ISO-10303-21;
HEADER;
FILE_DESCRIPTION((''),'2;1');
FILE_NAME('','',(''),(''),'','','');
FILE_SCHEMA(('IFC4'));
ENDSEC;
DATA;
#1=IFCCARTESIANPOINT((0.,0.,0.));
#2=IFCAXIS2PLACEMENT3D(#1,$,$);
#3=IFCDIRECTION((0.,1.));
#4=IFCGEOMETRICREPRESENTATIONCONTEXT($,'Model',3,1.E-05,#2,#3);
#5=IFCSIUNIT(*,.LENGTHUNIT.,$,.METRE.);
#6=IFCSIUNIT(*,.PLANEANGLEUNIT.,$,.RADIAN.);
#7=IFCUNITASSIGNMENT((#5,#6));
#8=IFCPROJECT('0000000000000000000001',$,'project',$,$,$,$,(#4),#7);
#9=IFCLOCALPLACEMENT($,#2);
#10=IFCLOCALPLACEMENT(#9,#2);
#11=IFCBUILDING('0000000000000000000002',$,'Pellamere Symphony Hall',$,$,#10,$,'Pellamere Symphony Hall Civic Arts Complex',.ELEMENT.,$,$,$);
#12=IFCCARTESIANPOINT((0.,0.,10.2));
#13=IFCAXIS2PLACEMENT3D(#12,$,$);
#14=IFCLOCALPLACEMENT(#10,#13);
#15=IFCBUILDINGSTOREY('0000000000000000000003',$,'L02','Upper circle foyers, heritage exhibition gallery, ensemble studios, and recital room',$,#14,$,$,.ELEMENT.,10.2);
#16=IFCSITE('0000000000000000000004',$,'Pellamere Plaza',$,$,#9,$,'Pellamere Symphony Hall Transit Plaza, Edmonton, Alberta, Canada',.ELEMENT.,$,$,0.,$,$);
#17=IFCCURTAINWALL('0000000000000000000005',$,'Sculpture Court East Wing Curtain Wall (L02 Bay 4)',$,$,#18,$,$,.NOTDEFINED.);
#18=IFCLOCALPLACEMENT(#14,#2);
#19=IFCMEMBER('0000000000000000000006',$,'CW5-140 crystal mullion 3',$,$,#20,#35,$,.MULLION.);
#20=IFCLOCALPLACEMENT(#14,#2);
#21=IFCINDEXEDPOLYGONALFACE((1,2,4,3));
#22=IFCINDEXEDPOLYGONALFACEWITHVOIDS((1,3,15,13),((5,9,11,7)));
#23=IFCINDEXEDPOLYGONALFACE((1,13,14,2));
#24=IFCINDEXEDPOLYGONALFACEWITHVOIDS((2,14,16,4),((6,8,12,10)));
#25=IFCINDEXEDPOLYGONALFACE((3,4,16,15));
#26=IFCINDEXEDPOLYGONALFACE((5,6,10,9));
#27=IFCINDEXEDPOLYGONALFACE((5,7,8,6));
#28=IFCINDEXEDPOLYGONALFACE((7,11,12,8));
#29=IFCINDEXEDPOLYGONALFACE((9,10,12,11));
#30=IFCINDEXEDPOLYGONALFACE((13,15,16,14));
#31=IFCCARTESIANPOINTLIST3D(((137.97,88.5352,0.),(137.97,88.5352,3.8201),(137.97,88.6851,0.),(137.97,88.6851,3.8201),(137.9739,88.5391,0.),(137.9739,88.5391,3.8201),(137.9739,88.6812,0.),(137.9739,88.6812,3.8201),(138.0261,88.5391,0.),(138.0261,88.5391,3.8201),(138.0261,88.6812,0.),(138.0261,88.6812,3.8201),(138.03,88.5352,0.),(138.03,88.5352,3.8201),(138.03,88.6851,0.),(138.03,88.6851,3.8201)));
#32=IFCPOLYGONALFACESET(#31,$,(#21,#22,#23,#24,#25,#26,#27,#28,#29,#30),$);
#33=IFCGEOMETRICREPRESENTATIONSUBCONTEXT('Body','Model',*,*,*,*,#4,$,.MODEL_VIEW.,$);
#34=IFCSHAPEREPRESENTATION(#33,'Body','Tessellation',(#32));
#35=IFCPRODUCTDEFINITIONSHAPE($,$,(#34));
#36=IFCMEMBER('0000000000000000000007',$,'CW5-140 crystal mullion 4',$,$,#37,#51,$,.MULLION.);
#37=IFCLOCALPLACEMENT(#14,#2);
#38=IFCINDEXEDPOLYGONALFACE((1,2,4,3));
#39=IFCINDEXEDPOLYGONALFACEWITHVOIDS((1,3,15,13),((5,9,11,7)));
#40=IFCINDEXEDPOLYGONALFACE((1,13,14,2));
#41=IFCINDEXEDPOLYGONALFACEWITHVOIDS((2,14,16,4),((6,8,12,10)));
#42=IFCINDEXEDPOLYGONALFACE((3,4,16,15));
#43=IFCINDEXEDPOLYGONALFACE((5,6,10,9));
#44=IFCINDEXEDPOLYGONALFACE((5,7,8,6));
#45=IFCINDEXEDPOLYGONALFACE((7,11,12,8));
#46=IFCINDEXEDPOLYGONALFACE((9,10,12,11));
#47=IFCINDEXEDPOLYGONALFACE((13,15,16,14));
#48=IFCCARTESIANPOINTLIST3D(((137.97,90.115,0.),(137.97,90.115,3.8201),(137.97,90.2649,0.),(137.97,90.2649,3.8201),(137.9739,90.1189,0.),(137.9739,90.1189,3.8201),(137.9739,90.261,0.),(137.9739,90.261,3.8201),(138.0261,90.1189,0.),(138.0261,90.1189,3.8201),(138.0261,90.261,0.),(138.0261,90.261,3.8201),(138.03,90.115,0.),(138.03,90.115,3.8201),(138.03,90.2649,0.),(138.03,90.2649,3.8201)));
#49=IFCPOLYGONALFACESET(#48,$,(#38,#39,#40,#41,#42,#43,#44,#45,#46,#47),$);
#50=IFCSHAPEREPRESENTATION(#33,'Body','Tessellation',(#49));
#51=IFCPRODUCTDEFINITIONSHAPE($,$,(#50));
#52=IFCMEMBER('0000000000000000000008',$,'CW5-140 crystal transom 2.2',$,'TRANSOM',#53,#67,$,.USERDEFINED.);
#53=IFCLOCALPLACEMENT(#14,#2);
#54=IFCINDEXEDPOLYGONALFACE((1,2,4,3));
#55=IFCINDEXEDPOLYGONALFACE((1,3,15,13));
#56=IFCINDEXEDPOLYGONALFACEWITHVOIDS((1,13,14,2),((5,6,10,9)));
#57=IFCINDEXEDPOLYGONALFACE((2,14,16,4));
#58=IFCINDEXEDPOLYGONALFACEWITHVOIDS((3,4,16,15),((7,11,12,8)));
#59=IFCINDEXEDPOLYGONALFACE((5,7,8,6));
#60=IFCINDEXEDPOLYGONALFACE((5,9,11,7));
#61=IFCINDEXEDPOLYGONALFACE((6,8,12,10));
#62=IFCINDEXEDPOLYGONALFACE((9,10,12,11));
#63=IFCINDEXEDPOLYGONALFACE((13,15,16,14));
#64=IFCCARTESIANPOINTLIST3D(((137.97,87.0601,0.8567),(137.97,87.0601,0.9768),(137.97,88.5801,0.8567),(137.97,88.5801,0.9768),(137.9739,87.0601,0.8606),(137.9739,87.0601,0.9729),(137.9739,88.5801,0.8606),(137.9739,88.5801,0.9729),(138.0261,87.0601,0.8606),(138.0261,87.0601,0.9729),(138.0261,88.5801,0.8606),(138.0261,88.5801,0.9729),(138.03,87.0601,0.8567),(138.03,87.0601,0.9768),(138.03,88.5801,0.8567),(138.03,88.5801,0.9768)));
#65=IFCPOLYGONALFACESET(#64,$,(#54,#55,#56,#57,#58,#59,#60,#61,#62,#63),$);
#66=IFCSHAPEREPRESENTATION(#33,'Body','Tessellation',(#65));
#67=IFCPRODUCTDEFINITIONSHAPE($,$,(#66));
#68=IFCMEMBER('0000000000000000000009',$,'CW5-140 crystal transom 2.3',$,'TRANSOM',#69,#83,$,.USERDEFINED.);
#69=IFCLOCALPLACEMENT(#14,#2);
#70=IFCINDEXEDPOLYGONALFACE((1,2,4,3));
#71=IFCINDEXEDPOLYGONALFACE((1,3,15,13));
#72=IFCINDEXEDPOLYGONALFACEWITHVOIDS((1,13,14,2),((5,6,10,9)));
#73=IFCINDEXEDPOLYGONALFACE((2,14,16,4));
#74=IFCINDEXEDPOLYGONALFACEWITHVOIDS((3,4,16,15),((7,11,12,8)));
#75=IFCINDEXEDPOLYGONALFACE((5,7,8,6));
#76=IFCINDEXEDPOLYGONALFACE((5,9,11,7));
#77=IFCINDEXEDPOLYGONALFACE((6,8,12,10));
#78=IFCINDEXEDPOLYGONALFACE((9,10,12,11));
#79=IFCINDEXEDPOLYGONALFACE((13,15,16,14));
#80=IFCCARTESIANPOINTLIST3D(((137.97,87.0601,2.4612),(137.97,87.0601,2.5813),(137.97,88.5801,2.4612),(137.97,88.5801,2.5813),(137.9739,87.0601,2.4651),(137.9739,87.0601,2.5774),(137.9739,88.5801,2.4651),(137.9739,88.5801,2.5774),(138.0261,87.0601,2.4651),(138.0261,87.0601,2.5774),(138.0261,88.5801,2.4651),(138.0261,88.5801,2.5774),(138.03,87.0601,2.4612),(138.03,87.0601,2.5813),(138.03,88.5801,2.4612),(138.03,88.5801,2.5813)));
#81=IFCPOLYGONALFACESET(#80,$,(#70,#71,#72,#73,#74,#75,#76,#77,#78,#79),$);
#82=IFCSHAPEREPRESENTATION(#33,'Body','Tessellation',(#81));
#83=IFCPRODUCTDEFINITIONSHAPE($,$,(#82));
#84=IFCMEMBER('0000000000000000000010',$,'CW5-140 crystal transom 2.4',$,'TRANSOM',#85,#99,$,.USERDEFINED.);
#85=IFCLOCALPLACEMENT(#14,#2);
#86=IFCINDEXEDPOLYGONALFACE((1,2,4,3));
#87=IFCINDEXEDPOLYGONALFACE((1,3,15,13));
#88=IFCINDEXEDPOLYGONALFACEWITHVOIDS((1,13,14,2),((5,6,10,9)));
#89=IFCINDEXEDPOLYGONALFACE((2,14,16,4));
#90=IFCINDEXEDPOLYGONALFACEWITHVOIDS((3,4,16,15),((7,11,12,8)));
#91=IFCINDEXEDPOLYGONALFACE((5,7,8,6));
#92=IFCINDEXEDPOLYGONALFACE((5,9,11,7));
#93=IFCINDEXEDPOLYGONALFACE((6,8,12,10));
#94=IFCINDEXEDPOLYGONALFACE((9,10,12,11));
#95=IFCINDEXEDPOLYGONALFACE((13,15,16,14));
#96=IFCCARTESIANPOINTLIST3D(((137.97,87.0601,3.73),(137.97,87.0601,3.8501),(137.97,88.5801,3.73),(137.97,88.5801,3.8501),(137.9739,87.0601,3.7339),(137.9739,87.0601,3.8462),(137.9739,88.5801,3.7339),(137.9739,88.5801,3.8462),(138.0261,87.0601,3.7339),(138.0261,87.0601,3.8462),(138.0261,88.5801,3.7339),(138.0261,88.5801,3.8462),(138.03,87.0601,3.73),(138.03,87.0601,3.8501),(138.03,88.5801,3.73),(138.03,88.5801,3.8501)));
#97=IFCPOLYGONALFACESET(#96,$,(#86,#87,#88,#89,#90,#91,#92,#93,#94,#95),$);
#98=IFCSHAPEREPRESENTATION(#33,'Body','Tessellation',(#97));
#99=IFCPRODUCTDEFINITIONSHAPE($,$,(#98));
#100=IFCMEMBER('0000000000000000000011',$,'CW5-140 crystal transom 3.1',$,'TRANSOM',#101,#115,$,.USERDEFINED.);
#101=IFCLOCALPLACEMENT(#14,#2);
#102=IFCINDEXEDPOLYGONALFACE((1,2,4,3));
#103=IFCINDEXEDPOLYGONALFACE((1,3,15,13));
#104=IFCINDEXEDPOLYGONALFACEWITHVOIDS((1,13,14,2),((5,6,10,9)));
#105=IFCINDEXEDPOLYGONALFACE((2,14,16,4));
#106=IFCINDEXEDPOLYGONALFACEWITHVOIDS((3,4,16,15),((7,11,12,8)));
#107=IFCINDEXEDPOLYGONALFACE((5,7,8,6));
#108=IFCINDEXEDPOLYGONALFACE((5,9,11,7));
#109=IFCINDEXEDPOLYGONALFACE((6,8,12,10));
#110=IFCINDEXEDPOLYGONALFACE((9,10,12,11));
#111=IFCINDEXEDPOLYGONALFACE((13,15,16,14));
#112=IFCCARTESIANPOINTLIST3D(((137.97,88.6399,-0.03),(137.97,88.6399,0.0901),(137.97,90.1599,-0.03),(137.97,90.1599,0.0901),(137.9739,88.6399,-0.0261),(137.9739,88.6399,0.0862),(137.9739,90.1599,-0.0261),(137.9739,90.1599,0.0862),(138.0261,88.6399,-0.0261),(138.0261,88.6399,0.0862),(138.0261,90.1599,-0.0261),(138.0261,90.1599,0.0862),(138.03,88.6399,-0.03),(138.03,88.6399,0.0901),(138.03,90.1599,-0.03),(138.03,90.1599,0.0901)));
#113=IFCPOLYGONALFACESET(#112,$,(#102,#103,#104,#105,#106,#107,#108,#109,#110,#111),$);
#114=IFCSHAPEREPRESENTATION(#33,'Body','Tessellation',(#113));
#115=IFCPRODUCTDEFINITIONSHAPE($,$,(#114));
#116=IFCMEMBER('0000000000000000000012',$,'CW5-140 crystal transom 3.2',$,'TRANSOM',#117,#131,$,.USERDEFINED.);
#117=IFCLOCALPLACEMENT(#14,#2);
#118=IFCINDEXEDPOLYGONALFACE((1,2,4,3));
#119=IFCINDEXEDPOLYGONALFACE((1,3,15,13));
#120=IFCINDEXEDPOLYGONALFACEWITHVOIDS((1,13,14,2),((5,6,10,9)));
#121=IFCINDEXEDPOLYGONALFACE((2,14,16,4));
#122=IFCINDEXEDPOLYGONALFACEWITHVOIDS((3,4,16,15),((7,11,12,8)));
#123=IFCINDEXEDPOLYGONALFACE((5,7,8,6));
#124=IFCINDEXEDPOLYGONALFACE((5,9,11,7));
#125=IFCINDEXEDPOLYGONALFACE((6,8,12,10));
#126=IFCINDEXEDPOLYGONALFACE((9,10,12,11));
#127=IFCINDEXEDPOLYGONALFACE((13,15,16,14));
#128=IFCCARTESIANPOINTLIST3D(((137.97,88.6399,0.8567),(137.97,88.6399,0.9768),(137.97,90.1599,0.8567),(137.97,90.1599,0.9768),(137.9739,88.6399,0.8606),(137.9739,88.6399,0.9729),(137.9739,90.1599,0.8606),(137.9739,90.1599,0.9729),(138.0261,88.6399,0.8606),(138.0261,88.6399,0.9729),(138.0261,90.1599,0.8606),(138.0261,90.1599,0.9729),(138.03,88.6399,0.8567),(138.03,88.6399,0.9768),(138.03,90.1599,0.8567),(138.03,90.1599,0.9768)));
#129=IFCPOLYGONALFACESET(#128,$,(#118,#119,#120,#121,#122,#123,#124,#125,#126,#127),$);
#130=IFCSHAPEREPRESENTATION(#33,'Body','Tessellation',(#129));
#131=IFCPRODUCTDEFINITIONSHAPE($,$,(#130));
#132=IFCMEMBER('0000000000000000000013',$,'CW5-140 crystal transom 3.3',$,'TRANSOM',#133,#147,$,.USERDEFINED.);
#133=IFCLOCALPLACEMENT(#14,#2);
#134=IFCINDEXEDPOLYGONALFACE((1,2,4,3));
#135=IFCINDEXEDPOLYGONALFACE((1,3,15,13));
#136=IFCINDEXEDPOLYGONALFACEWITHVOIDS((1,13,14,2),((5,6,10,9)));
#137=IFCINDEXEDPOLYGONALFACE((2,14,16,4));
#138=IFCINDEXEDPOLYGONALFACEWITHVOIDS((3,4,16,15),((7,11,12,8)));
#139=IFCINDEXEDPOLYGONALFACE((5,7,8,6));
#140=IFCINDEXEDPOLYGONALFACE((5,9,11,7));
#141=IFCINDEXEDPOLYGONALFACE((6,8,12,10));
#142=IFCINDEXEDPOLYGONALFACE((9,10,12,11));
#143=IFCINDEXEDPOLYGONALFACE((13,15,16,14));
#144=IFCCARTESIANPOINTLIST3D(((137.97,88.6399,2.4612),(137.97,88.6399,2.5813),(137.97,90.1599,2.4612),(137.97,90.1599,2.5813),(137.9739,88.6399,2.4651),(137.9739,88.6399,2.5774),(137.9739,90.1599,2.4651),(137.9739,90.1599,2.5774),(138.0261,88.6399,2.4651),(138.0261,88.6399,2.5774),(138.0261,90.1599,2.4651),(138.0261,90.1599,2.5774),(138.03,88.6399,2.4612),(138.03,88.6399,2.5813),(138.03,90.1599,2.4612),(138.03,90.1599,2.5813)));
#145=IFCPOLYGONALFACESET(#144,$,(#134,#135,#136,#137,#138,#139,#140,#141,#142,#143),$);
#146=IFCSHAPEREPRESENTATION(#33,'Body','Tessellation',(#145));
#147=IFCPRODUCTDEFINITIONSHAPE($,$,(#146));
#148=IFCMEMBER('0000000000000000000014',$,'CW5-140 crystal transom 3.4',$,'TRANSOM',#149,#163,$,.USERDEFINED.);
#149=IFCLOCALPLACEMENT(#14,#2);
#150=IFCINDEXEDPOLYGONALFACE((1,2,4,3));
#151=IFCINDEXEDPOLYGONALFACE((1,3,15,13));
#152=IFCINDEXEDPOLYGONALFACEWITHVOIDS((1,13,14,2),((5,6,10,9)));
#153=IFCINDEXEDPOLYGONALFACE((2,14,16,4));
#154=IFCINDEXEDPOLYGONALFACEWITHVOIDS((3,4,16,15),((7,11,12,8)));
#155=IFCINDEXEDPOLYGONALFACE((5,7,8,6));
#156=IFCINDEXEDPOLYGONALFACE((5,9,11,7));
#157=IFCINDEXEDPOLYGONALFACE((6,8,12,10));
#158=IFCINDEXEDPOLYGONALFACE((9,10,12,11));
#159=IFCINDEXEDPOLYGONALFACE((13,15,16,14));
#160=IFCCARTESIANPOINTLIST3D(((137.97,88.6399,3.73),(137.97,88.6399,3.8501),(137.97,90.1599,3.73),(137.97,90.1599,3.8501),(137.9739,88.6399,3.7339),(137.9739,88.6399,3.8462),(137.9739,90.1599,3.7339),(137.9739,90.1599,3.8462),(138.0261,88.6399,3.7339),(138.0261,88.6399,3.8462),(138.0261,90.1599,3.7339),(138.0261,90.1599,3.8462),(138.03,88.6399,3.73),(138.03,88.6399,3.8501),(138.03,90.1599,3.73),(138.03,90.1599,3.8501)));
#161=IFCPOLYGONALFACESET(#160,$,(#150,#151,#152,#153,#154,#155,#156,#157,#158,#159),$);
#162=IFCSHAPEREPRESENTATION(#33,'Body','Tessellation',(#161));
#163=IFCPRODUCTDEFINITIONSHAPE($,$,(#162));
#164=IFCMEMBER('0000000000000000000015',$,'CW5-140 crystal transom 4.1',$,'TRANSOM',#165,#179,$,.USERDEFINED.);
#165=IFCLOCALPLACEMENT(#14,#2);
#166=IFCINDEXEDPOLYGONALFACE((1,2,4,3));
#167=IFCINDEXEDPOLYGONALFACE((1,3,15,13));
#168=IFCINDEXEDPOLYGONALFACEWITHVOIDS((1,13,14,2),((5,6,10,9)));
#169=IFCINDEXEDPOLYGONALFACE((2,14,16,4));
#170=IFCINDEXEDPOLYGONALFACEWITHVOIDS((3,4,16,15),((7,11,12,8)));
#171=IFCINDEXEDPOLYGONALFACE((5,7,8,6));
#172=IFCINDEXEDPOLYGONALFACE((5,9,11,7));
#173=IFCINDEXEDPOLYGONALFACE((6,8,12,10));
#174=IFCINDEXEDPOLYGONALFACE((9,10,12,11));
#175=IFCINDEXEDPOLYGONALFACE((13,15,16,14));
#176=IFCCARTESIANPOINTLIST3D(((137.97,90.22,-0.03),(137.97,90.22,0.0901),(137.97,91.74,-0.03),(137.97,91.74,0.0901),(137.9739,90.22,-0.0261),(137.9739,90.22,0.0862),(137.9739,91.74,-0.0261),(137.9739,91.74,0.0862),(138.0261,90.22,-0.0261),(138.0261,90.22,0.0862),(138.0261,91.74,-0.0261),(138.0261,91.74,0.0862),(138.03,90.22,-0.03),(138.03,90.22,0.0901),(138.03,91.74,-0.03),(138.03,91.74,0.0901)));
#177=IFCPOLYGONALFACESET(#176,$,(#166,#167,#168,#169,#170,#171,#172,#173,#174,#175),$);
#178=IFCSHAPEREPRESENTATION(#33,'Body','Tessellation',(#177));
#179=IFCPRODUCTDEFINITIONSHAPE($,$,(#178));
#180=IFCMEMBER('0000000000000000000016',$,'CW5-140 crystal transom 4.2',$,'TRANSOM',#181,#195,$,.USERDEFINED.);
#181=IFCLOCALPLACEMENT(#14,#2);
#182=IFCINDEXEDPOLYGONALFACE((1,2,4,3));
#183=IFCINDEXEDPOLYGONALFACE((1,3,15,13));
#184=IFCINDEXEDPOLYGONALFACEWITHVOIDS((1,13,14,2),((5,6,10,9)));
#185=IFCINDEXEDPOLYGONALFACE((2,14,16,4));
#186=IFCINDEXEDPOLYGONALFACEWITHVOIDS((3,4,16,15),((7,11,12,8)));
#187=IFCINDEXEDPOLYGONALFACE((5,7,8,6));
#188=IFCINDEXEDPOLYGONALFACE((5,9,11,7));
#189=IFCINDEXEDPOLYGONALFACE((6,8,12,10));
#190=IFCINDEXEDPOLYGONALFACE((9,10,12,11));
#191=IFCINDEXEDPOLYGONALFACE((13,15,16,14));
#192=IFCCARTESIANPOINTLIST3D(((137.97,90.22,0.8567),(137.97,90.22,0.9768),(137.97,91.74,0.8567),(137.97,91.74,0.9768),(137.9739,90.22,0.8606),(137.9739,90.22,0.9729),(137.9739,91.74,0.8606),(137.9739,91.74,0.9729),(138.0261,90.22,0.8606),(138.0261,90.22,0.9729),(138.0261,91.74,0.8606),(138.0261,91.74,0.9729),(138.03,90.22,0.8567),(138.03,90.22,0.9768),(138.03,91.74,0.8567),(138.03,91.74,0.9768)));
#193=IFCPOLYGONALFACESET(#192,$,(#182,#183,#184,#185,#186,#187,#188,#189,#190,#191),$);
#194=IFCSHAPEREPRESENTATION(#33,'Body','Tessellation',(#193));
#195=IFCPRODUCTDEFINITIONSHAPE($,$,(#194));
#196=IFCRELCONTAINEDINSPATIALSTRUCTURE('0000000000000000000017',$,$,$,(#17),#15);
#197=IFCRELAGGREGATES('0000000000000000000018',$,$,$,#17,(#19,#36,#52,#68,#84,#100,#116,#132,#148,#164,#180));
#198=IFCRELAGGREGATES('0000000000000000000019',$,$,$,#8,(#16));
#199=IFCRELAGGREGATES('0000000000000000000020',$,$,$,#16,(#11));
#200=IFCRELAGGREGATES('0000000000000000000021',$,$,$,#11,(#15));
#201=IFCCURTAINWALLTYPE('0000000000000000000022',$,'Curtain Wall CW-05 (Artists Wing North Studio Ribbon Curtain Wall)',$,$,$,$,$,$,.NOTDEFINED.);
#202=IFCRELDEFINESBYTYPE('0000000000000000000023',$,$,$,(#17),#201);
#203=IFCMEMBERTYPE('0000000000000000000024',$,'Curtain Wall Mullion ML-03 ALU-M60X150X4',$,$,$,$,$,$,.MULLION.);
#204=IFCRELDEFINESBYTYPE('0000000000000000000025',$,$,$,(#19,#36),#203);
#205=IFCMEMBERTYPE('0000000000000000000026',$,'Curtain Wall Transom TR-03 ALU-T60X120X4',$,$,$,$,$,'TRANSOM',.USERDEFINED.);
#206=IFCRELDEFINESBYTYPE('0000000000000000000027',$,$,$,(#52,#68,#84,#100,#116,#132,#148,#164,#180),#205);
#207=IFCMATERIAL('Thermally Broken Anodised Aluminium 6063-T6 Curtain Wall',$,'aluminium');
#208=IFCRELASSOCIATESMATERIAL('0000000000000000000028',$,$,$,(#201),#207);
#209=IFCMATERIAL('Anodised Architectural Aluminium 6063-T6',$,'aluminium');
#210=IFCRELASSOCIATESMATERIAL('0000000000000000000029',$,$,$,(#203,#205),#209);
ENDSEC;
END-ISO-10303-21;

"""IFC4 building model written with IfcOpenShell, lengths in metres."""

from ifc_helpers import new_model, si_unit, direction, frame, origin, origin_2d, place, context, subcontext, project, spatial, hollow_rectangle, extrude, material, material_profile, profile_set, type_object, element, aggregate, save


model = new_model("IFC4")

# Units and contexts
model_context = context("Model", 3, precision=1e-05, world=origin(), true_north=direction((0.0, 1.0)))
body_context = subcontext(model_context, "Body", "Model", "MODEL_VIEW")
ifc_project = project(units=[si_unit("LENGTHUNIT", "METRE"), si_unit("PLANEANGLEUNIT", "RADIAN")], contexts=[model_context])

# Site, building, storey
site_placement = place(None, origin())
site = spatial("IfcSite", under=ifc_project, at=site_placement, Name="Pellamere Plaza", LongName="Pellamere Symphony Hall Transit Plaza, Edmonton, Alberta, Canada", CompositionType="ELEMENT", RefElevation=0.0)
building_placement = place(site_placement, origin())
building = spatial("IfcBuilding", under=site, at=building_placement, Name="Pellamere Symphony Hall", LongName="Pellamere Symphony Hall Civic Arts Complex", CompositionType="ELEMENT")
storey_placement = place(building_placement, frame((0.0, 0.0, 10.2)))
storey = spatial("IfcBuildingStorey", under=building, at=storey_placement, Name="L02", Description="Upper circle foyers, heritage exhibition gallery, ensemble studios, and recital room", CompositionType="ELEMENT", Elevation=10.2)

# Curtain wall, members
ifc_material_1 = material(Name="Thermally Broken Anodised Aluminium 6063-T6 Curtain Wall", Category="aluminium")
curtain_wall_type = type_object("IfcCurtainWallType", Name="Curtain Wall CW-05 (Artists Wing North Studio Ribbon Curtain Wall)", PredefinedType="NOTDEFINED", material=ifc_material_1)
curtain_wall_placement = place(storey_placement, origin())
curtain_wall = element("IfcCurtainWall", 1, at=curtain_wall_placement, inside=storey, type_object=curtain_wall_type, Name="Sculpture Court East Wing Curtain Wall (L02 Bay 4)", PredefinedType="NOTDEFINED")
ifc_material_2 = material(Name="Anodised Architectural Aluminium 6063-T6", Category="aluminium")
ifc_material_profile_1 = material_profile(ifc_material_2, hollow_rectangle(XDim=0.0601, YDim=0.1499, WallThickness=0.0039, at=origin_2d()), Name="ALU-M60X150X4")
ifc_profile_set_1 = profile_set([ifc_material_profile_1], Name="Anodised Architectural Aluminium 6063-T6")
member_type_1 = type_object("IfcMemberType", Name="Curtain Wall Mullion ML-03 ALU-M60X150X4", PredefinedType="MULLION", material=ifc_profile_set_1)
member_1_placement = place(storey_placement, frame((138.0, 88.6101, 0.0), z_axis=(0.0, 0.0, 1.0), x_axis=(-1.0, 0.0, 0.0)))
member_1 = element("IfcMember", 2, at=member_1_placement, type_object=member_type_1, Name="CW5-140 crystal mullion 3", PredefinedType="MULLION", context=body_context, shape_type="SweptSolid", body=[
    extrude(hollow_rectangle(XDim=0.0601, YDim=0.1499, WallThickness=0.0039, at=origin_2d()), origin(), (0.0, 0.0, 1.0), 3.8201),
])
member_2_placement = place(storey_placement, frame((138.0, 90.1899, 0.0), z_axis=(0.0, 0.0, 1.0), x_axis=(-1.0, 0.0, 0.0)))
member_2 = element("IfcMember", 3, at=member_2_placement, type_object=member_type_1, Name="CW5-140 crystal mullion 4", PredefinedType="MULLION", context=body_context, shape_type="SweptSolid", body=[
    extrude(hollow_rectangle(XDim=0.0601, YDim=0.1499, WallThickness=0.0039, at=origin_2d()), origin(), (0.0, 0.0, 1.0), 3.8201),
])
ifc_material_profile_2 = material_profile(ifc_material_2, hollow_rectangle(XDim=0.0601, YDim=0.1201, WallThickness=0.0039, at=origin_2d()), Name="ALU-T60X120X4")
ifc_profile_set_2 = profile_set([ifc_material_profile_2], Name="Anodised Architectural Aluminium 6063-T6")
member_type_2 = type_object("IfcMemberType", Name="Curtain Wall Transom TR-03 ALU-T60X120X4", ElementType="TRANSOM", PredefinedType="USERDEFINED", material=ifc_profile_set_2)
member_3_placement = place(storey_placement, frame((138.0, 87.0601, 0.9167), z_axis=(0.0, 1.0, 0.0), x_axis=(-1.0, 0.0, 0.0)))
member_3 = element("IfcMember", 4, at=member_3_placement, type_object=member_type_2, Name="CW5-140 crystal transom 2.2", ObjectType="TRANSOM", PredefinedType="USERDEFINED", context=body_context, shape_type="SweptSolid", body=[
    extrude(hollow_rectangle(XDim=0.0601, YDim=0.1201, WallThickness=0.0039, at=origin_2d()), origin(), (0.0, 0.0, 1.0), 1.52),
])
member_4_placement = place(storey_placement, frame((138.0, 87.0601, 2.5212), z_axis=(0.0, 1.0, 0.0), x_axis=(-1.0, 0.0, 0.0)))
member_4 = element("IfcMember", 5, at=member_4_placement, type_object=member_type_2, Name="CW5-140 crystal transom 2.3", ObjectType="TRANSOM", PredefinedType="USERDEFINED", context=body_context, shape_type="SweptSolid", body=[
    extrude(hollow_rectangle(XDim=0.0601, YDim=0.1201, WallThickness=0.0039, at=origin_2d()), origin(), (0.0, 0.0, 1.0), 1.52),
])
member_5_placement = place(storey_placement, frame((138.0, 87.0601, 3.79), z_axis=(0.0, 1.0, 0.0), x_axis=(-1.0, 0.0, 0.0)))
member_5 = element("IfcMember", 6, at=member_5_placement, type_object=member_type_2, Name="CW5-140 crystal transom 2.4", ObjectType="TRANSOM", PredefinedType="USERDEFINED", context=body_context, shape_type="SweptSolid", body=[
    extrude(hollow_rectangle(XDim=0.0601, YDim=0.1201, WallThickness=0.0039, at=origin_2d()), origin(), (0.0, 0.0, 1.0), 1.52),
])
member_6_placement = place(storey_placement, frame((138.0, 88.6399, 0.03), z_axis=(0.0, 1.0, 0.0), x_axis=(-1.0, 0.0, 0.0)))
member_6 = element("IfcMember", 7, at=member_6_placement, type_object=member_type_2, Name="CW5-140 crystal transom 3.1", ObjectType="TRANSOM", PredefinedType="USERDEFINED", context=body_context, shape_type="SweptSolid", body=[
    extrude(hollow_rectangle(XDim=0.0601, YDim=0.1201, WallThickness=0.0039, at=origin_2d()), origin(), (0.0, 0.0, 1.0), 1.52),
])
member_7_placement = place(storey_placement, frame((138.0, 88.6399, 0.9167), z_axis=(0.0, 1.0, 0.0), x_axis=(-1.0, 0.0, 0.0)))
member_7 = element("IfcMember", 8, at=member_7_placement, type_object=member_type_2, Name="CW5-140 crystal transom 3.2", ObjectType="TRANSOM", PredefinedType="USERDEFINED", context=body_context, shape_type="SweptSolid", body=[
    extrude(hollow_rectangle(XDim=0.0601, YDim=0.1201, WallThickness=0.0039, at=origin_2d()), origin(), (0.0, 0.0, 1.0), 1.52),
])
member_8_placement = place(storey_placement, frame((138.0, 88.6399, 2.5212), z_axis=(0.0, 1.0, 0.0), x_axis=(-1.0, 0.0, 0.0)))
member_8 = element("IfcMember", 9, at=member_8_placement, type_object=member_type_2, Name="CW5-140 crystal transom 3.3", ObjectType="TRANSOM", PredefinedType="USERDEFINED", context=body_context, shape_type="SweptSolid", body=[
    extrude(hollow_rectangle(XDim=0.0601, YDim=0.1201, WallThickness=0.0039, at=origin_2d()), origin(), (0.0, 0.0, 1.0), 1.52),
])
member_9_placement = place(storey_placement, frame((138.0, 88.6399, 3.79), z_axis=(0.0, 1.0, 0.0), x_axis=(-1.0, 0.0, 0.0)))
member_9 = element("IfcMember", 10, at=member_9_placement, type_object=member_type_2, Name="CW5-140 crystal transom 3.4", ObjectType="TRANSOM", PredefinedType="USERDEFINED", context=body_context, shape_type="SweptSolid", body=[
    extrude(hollow_rectangle(XDim=0.0601, YDim=0.1201, WallThickness=0.0039, at=origin_2d()), origin(), (0.0, 0.0, 1.0), 1.52),
])
member_10_placement = place(storey_placement, frame((138.0, 90.22, 0.03), z_axis=(0.0, 1.0, 0.0), x_axis=(-1.0, 0.0, 0.0)))
member_10 = element("IfcMember", 11, at=member_10_placement, type_object=member_type_2, Name="CW5-140 crystal transom 4.1", ObjectType="TRANSOM", PredefinedType="USERDEFINED", context=body_context, shape_type="SweptSolid", body=[
    extrude(hollow_rectangle(XDim=0.0601, YDim=0.1201, WallThickness=0.0039, at=origin_2d()), origin(), (0.0, 0.0, 1.0), 1.52),
])
member_11_placement = place(storey_placement, frame((138.0, 90.22, 0.9167), z_axis=(0.0, 1.0, 0.0), x_axis=(-1.0, 0.0, 0.0)))
member_11 = element("IfcMember", 12, at=member_11_placement, type_object=member_type_2, Name="CW5-140 crystal transom 4.2", ObjectType="TRANSOM", PredefinedType="USERDEFINED", context=body_context, shape_type="SweptSolid", body=[
    extrude(hollow_rectangle(XDim=0.0601, YDim=0.1201, WallThickness=0.0039, at=origin_2d()), origin(), (0.0, 0.0, 1.0), 1.52),
])
aggregate(curtain_wall, [member_1, member_2, member_3, member_4, member_5, member_6, member_7, member_8, member_9, member_10, member_11])

save(model, "model.ifc")
